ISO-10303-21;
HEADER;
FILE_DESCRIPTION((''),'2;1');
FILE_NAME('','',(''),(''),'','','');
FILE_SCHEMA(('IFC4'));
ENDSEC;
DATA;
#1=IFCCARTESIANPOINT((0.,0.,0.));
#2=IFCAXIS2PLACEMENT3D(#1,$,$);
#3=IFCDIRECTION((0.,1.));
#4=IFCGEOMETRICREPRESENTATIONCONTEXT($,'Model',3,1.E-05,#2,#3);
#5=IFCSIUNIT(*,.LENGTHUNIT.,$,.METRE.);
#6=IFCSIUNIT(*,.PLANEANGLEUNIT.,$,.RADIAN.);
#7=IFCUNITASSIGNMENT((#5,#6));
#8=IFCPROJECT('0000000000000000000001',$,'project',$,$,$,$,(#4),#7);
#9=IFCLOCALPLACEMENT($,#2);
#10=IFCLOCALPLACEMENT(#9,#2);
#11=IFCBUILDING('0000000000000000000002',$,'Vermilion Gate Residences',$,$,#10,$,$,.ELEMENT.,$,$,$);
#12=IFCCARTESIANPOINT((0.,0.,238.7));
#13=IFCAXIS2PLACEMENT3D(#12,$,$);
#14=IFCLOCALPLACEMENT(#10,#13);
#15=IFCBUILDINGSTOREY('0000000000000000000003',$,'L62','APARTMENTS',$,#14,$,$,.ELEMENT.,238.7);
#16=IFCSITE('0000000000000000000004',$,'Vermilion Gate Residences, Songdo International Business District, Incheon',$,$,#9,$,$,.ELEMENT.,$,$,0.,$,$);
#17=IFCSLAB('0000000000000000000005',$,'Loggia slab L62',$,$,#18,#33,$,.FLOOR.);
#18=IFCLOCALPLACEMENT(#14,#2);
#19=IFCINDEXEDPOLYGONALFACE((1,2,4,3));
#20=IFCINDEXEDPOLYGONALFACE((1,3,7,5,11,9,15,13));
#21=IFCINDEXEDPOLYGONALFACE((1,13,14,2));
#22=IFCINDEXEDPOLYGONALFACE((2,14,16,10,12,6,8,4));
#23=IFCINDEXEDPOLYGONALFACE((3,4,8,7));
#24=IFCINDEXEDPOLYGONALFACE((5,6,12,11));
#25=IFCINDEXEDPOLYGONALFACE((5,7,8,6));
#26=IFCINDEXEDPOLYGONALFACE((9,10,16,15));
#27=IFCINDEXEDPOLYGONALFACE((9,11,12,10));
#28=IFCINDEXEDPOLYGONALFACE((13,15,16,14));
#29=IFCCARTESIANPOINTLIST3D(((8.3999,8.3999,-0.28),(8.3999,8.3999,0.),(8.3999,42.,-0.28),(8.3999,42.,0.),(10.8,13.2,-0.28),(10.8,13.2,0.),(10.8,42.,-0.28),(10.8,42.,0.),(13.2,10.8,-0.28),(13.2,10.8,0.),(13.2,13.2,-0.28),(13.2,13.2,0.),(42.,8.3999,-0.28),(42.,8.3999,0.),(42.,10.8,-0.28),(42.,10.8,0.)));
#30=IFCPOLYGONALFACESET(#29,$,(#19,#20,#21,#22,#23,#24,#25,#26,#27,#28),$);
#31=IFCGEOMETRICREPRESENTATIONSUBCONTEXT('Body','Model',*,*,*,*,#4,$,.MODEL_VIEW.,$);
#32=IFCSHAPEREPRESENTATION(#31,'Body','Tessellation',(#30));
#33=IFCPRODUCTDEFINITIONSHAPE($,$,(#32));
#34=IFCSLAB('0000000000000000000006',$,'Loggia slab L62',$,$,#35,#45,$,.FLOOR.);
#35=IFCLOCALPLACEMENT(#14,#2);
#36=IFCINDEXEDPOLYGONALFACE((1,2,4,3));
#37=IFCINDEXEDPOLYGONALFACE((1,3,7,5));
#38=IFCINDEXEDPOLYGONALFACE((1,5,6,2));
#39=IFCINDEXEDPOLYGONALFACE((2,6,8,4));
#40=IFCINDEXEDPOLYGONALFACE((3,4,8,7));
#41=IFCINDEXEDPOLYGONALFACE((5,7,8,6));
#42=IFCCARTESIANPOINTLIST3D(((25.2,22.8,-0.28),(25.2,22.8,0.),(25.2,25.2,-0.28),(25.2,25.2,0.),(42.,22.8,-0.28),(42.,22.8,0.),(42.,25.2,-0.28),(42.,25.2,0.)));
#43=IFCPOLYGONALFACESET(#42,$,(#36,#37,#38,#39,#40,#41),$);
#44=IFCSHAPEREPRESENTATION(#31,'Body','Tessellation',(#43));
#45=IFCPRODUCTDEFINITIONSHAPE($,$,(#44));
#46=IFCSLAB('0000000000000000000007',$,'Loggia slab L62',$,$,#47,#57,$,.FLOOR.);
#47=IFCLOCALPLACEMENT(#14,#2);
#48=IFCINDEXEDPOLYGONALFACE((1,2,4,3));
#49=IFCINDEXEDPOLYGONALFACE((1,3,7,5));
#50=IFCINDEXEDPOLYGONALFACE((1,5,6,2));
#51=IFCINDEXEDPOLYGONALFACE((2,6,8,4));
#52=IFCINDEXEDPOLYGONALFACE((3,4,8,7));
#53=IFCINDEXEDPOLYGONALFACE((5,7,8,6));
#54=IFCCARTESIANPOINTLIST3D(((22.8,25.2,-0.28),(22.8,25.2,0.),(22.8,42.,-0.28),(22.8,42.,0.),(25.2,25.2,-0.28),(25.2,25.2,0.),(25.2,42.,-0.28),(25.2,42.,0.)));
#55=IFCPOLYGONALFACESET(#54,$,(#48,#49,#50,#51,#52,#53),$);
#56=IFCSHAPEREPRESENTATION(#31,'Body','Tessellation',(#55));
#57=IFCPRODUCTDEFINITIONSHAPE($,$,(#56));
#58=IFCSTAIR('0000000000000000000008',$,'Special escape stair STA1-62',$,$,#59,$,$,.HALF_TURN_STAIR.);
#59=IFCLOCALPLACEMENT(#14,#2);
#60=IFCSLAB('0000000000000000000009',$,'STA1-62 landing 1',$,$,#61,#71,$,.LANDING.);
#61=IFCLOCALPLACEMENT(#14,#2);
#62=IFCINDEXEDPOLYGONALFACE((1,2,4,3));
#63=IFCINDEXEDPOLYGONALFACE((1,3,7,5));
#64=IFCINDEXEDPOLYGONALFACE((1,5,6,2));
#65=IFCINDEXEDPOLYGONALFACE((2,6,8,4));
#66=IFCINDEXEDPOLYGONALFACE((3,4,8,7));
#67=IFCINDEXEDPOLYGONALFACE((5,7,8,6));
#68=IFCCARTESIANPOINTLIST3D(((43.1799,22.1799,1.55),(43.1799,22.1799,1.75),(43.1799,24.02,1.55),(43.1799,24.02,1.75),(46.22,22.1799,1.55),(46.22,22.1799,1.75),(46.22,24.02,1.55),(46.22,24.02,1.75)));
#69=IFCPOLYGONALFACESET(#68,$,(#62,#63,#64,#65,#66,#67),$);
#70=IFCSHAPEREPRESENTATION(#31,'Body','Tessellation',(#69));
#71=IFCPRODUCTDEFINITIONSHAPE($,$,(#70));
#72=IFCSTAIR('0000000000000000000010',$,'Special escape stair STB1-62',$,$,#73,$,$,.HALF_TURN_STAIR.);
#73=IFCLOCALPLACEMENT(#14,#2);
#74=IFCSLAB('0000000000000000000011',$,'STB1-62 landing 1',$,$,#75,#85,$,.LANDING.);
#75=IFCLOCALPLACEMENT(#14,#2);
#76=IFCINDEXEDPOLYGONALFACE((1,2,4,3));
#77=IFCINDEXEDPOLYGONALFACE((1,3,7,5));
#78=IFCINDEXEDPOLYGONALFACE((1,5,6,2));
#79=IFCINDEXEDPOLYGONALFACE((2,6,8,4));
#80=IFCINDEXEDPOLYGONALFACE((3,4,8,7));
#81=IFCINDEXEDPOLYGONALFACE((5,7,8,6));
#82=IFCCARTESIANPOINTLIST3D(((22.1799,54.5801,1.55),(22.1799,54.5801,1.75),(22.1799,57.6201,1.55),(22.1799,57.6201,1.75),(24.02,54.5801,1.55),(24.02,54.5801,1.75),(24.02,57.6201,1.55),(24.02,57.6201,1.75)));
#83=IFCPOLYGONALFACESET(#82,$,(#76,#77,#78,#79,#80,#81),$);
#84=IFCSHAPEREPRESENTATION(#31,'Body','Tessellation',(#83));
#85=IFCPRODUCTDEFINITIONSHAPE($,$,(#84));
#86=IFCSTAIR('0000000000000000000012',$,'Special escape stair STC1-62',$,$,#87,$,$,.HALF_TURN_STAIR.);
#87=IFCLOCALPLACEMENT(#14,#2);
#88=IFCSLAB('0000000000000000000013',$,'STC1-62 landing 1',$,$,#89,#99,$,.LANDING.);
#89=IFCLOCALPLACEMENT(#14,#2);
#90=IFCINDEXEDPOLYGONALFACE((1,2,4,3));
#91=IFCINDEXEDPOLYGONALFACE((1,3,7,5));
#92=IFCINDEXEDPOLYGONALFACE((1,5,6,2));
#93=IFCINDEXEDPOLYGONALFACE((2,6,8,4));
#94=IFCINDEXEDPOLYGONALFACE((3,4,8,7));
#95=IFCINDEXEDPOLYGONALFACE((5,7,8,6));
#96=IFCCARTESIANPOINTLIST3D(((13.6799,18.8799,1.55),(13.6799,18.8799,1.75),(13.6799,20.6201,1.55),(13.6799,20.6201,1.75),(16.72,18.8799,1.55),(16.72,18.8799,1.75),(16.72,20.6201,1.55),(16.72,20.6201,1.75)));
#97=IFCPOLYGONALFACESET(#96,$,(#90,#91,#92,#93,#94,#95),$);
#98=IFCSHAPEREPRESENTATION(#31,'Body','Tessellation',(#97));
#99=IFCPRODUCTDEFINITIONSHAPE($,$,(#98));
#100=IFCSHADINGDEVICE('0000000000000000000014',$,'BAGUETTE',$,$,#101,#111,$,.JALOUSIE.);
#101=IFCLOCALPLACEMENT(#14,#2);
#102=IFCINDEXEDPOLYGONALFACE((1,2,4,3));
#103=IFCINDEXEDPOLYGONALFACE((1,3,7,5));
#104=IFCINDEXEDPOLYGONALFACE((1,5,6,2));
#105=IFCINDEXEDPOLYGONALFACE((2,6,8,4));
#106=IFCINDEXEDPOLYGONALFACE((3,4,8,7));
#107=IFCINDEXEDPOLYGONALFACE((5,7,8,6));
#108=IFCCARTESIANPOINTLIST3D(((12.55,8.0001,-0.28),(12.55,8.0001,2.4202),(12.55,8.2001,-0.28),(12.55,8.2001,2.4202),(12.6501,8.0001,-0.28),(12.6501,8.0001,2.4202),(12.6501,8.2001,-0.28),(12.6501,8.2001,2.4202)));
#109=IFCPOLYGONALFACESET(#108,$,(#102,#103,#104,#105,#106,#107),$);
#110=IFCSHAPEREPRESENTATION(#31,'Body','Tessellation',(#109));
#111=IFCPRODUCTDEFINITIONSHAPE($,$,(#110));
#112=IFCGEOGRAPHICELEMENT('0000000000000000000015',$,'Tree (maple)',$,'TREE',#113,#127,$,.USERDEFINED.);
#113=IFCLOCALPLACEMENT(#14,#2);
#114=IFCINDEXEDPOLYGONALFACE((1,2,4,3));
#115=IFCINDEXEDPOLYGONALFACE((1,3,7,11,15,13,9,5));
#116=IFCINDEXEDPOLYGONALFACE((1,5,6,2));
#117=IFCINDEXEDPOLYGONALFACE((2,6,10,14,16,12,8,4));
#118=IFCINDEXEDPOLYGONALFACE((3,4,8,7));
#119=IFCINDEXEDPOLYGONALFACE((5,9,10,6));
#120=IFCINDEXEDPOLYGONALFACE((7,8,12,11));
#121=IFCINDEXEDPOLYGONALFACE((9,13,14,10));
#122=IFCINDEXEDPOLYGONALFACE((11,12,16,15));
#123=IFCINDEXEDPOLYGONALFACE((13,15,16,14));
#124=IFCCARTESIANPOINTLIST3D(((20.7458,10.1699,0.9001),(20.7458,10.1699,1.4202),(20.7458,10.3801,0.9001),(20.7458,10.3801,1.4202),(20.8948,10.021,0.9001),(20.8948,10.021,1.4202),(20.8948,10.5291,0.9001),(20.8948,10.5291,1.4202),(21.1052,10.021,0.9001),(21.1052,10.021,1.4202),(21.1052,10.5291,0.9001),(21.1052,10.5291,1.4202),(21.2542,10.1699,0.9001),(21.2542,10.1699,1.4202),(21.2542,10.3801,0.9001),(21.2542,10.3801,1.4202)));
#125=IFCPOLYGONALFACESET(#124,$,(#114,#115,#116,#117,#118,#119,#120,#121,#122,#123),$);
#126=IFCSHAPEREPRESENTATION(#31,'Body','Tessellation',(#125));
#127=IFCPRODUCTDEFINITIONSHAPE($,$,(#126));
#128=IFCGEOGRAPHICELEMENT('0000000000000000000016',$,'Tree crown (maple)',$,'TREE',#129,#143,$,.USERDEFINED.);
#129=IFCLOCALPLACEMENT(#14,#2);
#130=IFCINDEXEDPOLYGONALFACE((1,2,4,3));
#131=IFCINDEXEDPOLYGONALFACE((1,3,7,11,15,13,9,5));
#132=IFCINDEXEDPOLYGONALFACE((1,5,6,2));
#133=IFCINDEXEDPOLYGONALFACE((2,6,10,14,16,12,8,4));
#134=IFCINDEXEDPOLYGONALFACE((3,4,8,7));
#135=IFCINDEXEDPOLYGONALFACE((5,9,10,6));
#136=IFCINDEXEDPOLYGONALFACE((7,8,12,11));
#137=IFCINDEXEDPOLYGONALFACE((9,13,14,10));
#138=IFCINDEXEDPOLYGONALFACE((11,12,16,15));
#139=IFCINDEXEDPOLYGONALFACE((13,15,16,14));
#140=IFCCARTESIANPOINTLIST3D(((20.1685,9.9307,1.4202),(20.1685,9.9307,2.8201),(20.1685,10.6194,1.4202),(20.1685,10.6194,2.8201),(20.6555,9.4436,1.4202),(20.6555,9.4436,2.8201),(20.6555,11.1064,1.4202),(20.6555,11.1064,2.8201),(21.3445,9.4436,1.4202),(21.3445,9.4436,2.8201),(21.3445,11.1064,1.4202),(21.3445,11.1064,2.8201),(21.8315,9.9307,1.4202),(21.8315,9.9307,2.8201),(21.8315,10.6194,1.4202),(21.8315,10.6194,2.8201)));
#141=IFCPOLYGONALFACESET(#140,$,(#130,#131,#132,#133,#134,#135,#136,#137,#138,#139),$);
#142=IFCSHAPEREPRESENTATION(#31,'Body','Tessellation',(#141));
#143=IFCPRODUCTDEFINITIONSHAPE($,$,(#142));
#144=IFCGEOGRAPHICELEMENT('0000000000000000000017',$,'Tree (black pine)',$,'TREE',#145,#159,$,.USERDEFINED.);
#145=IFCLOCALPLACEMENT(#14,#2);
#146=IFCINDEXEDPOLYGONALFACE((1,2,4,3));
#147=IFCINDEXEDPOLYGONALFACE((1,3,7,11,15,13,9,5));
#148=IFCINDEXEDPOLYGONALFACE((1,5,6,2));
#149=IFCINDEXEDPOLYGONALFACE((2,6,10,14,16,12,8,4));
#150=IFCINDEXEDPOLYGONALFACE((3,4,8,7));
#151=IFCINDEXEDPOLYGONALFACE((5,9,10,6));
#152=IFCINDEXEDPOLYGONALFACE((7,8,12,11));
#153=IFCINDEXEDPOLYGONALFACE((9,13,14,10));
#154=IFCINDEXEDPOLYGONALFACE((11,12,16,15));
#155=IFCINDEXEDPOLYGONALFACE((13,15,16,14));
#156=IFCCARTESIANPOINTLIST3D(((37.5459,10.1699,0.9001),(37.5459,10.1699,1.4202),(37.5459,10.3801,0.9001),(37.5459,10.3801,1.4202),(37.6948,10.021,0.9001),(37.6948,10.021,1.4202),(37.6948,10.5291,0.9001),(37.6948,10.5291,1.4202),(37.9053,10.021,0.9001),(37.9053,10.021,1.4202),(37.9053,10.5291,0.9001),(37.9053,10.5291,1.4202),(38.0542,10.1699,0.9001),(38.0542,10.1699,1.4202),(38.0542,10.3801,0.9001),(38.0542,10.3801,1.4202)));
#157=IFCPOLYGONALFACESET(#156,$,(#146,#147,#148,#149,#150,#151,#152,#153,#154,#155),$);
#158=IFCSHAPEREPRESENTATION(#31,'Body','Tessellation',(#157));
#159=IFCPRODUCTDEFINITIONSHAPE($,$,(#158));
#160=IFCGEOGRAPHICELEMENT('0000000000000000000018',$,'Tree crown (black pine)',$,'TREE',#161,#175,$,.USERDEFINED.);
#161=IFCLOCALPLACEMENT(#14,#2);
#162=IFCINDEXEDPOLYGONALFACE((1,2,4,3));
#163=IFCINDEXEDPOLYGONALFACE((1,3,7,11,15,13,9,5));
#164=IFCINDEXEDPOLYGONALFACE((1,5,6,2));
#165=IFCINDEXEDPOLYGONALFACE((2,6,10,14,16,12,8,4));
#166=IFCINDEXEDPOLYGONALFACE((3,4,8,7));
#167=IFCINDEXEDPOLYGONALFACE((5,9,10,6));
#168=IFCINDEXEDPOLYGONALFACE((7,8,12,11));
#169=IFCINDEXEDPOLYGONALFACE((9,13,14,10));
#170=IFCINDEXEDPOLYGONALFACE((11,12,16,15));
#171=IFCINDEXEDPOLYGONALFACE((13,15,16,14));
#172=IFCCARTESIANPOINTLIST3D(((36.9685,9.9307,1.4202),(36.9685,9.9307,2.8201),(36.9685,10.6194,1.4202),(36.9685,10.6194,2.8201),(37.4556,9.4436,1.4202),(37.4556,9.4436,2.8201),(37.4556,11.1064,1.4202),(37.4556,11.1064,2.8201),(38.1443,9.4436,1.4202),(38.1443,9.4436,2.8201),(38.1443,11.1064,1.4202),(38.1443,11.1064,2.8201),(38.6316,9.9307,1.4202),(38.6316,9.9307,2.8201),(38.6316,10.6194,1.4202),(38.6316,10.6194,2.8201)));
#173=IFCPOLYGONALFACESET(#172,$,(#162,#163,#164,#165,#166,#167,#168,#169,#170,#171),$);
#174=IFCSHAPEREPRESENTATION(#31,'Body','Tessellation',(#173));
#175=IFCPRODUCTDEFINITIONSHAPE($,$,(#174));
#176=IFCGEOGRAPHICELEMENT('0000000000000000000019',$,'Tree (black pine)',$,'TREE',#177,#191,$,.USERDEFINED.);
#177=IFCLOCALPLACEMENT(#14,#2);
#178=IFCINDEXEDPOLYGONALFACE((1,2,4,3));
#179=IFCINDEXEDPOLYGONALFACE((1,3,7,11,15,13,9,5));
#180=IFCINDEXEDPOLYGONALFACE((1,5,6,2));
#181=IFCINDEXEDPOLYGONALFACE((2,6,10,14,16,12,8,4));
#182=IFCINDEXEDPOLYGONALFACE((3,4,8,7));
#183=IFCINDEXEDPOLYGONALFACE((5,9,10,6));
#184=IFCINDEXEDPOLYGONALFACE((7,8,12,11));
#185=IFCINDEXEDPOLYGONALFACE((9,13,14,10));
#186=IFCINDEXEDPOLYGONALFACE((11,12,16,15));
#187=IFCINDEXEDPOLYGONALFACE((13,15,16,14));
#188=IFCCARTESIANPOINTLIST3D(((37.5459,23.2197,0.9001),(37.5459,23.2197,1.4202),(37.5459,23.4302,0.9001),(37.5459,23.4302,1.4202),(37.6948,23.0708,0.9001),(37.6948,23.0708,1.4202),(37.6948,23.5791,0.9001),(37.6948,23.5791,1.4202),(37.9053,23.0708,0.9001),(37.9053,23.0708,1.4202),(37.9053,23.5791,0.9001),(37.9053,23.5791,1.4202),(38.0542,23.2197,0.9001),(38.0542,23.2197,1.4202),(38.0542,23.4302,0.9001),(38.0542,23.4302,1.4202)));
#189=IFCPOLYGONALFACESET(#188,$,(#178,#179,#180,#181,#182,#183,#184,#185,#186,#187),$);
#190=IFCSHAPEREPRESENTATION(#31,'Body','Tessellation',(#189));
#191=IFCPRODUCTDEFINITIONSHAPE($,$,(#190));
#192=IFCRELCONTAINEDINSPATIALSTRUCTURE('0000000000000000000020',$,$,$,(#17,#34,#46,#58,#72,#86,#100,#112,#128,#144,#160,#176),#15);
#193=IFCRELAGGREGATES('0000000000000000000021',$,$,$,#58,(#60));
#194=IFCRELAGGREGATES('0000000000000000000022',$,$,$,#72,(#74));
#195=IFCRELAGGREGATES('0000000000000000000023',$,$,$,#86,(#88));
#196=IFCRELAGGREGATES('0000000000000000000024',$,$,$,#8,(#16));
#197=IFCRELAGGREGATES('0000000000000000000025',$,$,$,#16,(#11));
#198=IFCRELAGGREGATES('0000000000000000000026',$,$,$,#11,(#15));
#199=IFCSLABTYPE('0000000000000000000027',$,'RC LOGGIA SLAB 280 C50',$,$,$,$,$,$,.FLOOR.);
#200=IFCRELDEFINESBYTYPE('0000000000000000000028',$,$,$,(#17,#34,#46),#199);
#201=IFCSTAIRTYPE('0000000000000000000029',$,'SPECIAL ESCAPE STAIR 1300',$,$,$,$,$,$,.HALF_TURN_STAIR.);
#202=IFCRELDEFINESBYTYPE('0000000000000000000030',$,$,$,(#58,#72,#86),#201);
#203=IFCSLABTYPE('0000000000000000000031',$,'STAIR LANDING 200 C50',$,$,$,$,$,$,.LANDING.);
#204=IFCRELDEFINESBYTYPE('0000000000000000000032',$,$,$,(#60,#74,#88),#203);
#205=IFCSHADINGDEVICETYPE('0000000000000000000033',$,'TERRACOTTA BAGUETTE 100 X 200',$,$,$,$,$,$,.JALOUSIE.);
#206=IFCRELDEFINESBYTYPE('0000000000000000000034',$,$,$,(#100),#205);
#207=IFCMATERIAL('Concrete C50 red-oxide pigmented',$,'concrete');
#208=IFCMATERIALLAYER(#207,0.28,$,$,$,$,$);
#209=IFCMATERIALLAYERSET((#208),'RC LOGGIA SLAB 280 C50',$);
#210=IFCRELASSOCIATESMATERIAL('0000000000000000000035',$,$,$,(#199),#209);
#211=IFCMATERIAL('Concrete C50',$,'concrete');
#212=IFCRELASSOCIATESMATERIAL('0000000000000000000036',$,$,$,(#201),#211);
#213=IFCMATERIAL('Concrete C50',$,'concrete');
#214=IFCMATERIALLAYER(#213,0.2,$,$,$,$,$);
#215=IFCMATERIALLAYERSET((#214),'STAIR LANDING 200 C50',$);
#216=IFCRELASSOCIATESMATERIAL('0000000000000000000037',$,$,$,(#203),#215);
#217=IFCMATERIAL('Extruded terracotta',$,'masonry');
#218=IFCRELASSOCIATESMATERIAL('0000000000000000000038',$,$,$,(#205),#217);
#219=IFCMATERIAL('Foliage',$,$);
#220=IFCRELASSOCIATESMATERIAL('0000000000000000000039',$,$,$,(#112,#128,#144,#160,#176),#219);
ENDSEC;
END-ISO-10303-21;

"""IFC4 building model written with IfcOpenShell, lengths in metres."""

from ifc_helpers import new_model, si_unit, direction, frame, origin, origin_2d, place, context, subcontext, project, spatial, polyline, rectangle, outline, extrude, material, layer, layer_set, material_profile, profile_set, type_object, element, aggregate, save


model = new_model("IFC4")

# Units and contexts
model_context = context("Model", 3, precision=1e-05, world=origin(), true_north=direction((0.0, 1.0)))
body_context = subcontext(model_context, "Body", "Model", "MODEL_VIEW")
ifc_project = project(units=[si_unit("LENGTHUNIT", "METRE"), si_unit("PLANEANGLEUNIT", "RADIAN")], contexts=[model_context])

# Site, building, storey
site_placement = place(None, origin())
site = spatial("IfcSite", under=ifc_project, at=site_placement, Name="Vermilion Gate Residences, Songdo International Business District, Incheon", CompositionType="ELEMENT", RefElevation=0.0)
building_placement = place(site_placement, origin())
building = spatial("IfcBuilding", under=site, at=building_placement, Name="Vermilion Gate Residences", CompositionType="ELEMENT")
storey_placement = place(building_placement, frame((0.0, 0.0, 238.7)))
storey = spatial("IfcBuildingStorey", under=building, at=storey_placement, Name="L62", Description="APARTMENTS", CompositionType="ELEMENT", Elevation=238.7)

# Slabs
ifc_material_1 = material(Name="Concrete C50 red-oxide pigmented", Category="concrete")
ifc_layer_1 = layer(ifc_material_1, 0.28)
ifc_layer_set_1 = layer_set([ifc_layer_1], Name="RC LOGGIA SLAB 280 C50")
slab_type_1 = type_object("IfcSlabType", Name="RC LOGGIA SLAB 280 C50", PredefinedType="FLOOR", material=ifc_layer_set_1)
slab_1_placement = place(storey_placement, frame((0.0, 0.0, -0.28)))
element("IfcSlab", 1, at=slab_1_placement, inside=storey, type_object=slab_type_1, Name="Loggia slab L62", PredefinedType="FLOOR", context=body_context, shape_type="SweptSolid", body=[
    extrude(outline(polyline([(8.3999, 8.3999), (42.0, 8.3999), (42.0, 10.8), (13.2, 10.8), (13.2, 13.2), (10.8, 13.2), (10.8, 42.0), (8.3999, 42.0), (8.3999, 8.3999)])), origin(), (0.0, 0.0, 1.0), 0.28),
])
slab_2_placement = place(storey_placement, frame((0.0, 0.0, -0.28)))
element("IfcSlab", 2, at=slab_2_placement, inside=storey, type_object=slab_type_1, Name="Loggia slab L62", PredefinedType="FLOOR", context=body_context, shape_type="SweptSolid", body=[
    extrude(outline(polyline([(25.2, 22.8), (42.0, 22.8), (42.0, 25.2), (25.2, 25.2), (25.2, 22.8)])), origin(), (0.0, 0.0, 1.0), 0.28),
])
slab_3_placement = place(storey_placement, frame((0.0, 0.0, -0.28)))
element("IfcSlab", 3, at=slab_3_placement, inside=storey, type_object=slab_type_1, Name="Loggia slab L62", PredefinedType="FLOOR", context=body_context, shape_type="SweptSolid", body=[
    extrude(outline(polyline([(25.2, 42.0), (22.8, 42.0), (22.8, 25.2), (25.2, 25.2), (25.2, 42.0)])), origin(), (0.0, 0.0, 1.0), 0.28),
])

# Stairs, slabs
ifc_material_2 = material(Name="Concrete C50", Category="concrete")
stair_type = type_object("IfcStairType", Name="SPECIAL ESCAPE STAIR 1300", PredefinedType="HALF_TURN_STAIR", material=ifc_material_2)
stair_1_placement = place(storey_placement, origin())
stair_1 = element("IfcStair", 4, at=stair_1_placement, inside=storey, type_object=stair_type, Name="Special escape stair STA1-62", PredefinedType="HALF_TURN_STAIR")
ifc_material_3 = material(Name="Concrete C50", Category="concrete")
ifc_layer_2 = layer(ifc_material_3, 0.2)
ifc_layer_set_2 = layer_set([ifc_layer_2], Name="STAIR LANDING 200 C50")
slab_type_2 = type_object("IfcSlabType", Name="STAIR LANDING 200 C50", PredefinedType="LANDING", material=ifc_layer_set_2)
slab_4_placement = place(storey_placement, frame((0.0, 0.0, 1.55)))
slab_4 = element("IfcSlab", 5, at=slab_4_placement, type_object=slab_type_2, Name="STA1-62 landing 1", PredefinedType="LANDING", context=body_context, shape_type="SweptSolid", body=[
    extrude(outline(polyline([(46.22, 22.1799), (46.22, 24.02), (43.1799, 24.02), (43.1799, 22.1799), (46.22, 22.1799)])), origin(), (0.0, 0.0, 1.0), 0.2),
])
aggregate(stair_1, [slab_4])
stair_2_placement = place(storey_placement, origin())
stair_2 = element("IfcStair", 6, at=stair_2_placement, inside=storey, type_object=stair_type, Name="Special escape stair STB1-62", PredefinedType="HALF_TURN_STAIR")
slab_5_placement = place(storey_placement, frame((0.0, 0.0, 1.55)))
slab_5 = element("IfcSlab", 7, at=slab_5_placement, type_object=slab_type_2, Name="STB1-62 landing 1", PredefinedType="LANDING", context=body_context, shape_type="SweptSolid", body=[
    extrude(outline(polyline([(24.02, 54.5801), (24.02, 57.6201), (22.1799, 57.6201), (22.1799, 54.5801), (24.02, 54.5801)])), origin(), (0.0, 0.0, 1.0), 0.2),
])
aggregate(stair_2, [slab_5])
stair_3_placement = place(storey_placement, origin())
stair_3 = element("IfcStair", 8, at=stair_3_placement, inside=storey, type_object=stair_type, Name="Special escape stair STC1-62", PredefinedType="HALF_TURN_STAIR")
slab_6_placement = place(storey_placement, frame((0.0, 0.0, 1.55)))
slab_6 = element("IfcSlab", 9, at=slab_6_placement, type_object=slab_type_2, Name="STC1-62 landing 1", PredefinedType="LANDING", context=body_context, shape_type="SweptSolid", body=[
    extrude(outline(polyline([(16.72, 18.8799), (16.72, 20.6201), (13.6799, 20.6201), (13.6799, 18.8799), (16.72, 18.8799)])), origin(), (0.0, 0.0, 1.0), 0.2),
])
aggregate(stair_3, [slab_6])

# Shading device
ifc_material_4 = material(Name="Extruded terracotta", Category="masonry")
ifc_material_profile_1 = material_profile(ifc_material_4, rectangle(XDim=0.2, YDim=0.1001, at=origin_2d()), Name="BAGUETTE 100 X 200")
ifc_profile_set_1 = profile_set([ifc_material_profile_1], Name="Extruded terracotta")
shading_device_type = type_object("IfcShadingDeviceType", Name="TERRACOTTA BAGUETTE 100 X 200", PredefinedType="JALOUSIE", material=ifc_profile_set_1)
shading_device_placement = place(storey_placement, frame((12.6001, 8.1001, -0.28), z_axis=(0.0, 0.0, 1.0), x_axis=(0.0, 1.0, 0.0)))
element("IfcShadingDevice", 10, at=shading_device_placement, inside=storey, type_object=shading_device_type, Name="BAGUETTE", PredefinedType="JALOUSIE", context=body_context, shape_type="SweptSolid", body=[
    extrude(rectangle(XDim=0.2, YDim=0.1001, at=origin_2d()), origin(), (0.0, 0.0, 1.0), 2.7002),
])

# Geographic elements
ifc_material_5 = material(Name="Foliage")
geographic_element_1_placement = place(storey_placement, frame((0.0, 0.0, 0.9001)))
element("IfcGeographicElement", 11, at=geographic_element_1_placement, inside=storey, material=ifc_material_5, Name="Tree (maple)", ObjectType="TREE", PredefinedType="USERDEFINED", context=body_context, shape_type="SweptSolid", body=[
    extrude(outline(polyline([(21.2542, 10.3801), (21.1052, 10.5291), (20.8948, 10.5291), (20.7458, 10.3801), (20.7458, 10.1699), (20.8948, 10.021), (21.1052, 10.021), (21.2542, 10.1699), (21.2542, 10.3801)])), origin(), (0.0, 0.0, 1.0), 0.52),
])
geographic_element_2_placement = place(storey_placement, frame((0.0, 0.0, 1.4202)))
element("IfcGeographicElement", 12, at=geographic_element_2_placement, inside=storey, material=ifc_material_5, Name="Tree crown (maple)", ObjectType="TREE", PredefinedType="USERDEFINED", context=body_context, shape_type="SweptSolid", body=[
    extrude(outline(polyline([(21.8315, 10.6194), (21.3445, 11.1064), (20.6555, 11.1064), (20.1685, 10.6194), (20.1685, 9.9307), (20.6555, 9.4436), (21.3445, 9.4436), (21.8315, 9.9307), (21.8315, 10.6194)])), origin(), (0.0, 0.0, 1.0), 1.3999),
])
geographic_element_3_placement = place(storey_placement, frame((0.0, 0.0, 0.9001)))
element("IfcGeographicElement", 13, at=geographic_element_3_placement, inside=storey, material=ifc_material_5, Name="Tree (black pine)", ObjectType="TREE", PredefinedType="USERDEFINED", context=body_context, shape_type="SweptSolid", body=[
    extrude(outline(polyline([(38.0542, 10.3801), (37.9053, 10.5291), (37.6948, 10.5291), (37.5459, 10.3801), (37.5459, 10.1699), (37.6948, 10.021), (37.9053, 10.021), (38.0542, 10.1699), (38.0542, 10.3801)])), origin(), (0.0, 0.0, 1.0), 0.52),
])
geographic_element_4_placement = place(storey_placement, frame((0.0, 0.0, 1.4202)))
element("IfcGeographicElement", 14, at=geographic_element_4_placement, inside=storey, material=ifc_material_5, Name="Tree crown (black pine)", ObjectType="TREE", PredefinedType="USERDEFINED", context=body_context, shape_type="SweptSolid", body=[
    extrude(outline(polyline([(38.6316, 10.6194), (38.1443, 11.1064), (37.4556, 11.1064), (36.9685, 10.6194), (36.9685, 9.9307), (37.4556, 9.4436), (38.1443, 9.4436), (38.6316, 9.9307), (38.6316, 10.6194)])), origin(), (0.0, 0.0, 1.0), 1.3999),
])
geographic_element_5_placement = place(storey_placement, frame((0.0, 0.0, 0.9001)))
element("IfcGeographicElement", 15, at=geographic_element_5_placement, inside=storey, material=ifc_material_5, Name="Tree (black pine)", ObjectType="TREE", PredefinedType="USERDEFINED", context=body_context, shape_type="SweptSolid", body=[
    extrude(outline(polyline([(38.0542, 23.4302), (37.9053, 23.5791), (37.6948, 23.5791), (37.5459, 23.4302), (37.5459, 23.2197), (37.6948, 23.0708), (37.9053, 23.0708), (38.0542, 23.2197), (38.0542, 23.4302)])), origin(), (0.0, 0.0, 1.0), 0.52),
])

save(model, "model.ifc")
